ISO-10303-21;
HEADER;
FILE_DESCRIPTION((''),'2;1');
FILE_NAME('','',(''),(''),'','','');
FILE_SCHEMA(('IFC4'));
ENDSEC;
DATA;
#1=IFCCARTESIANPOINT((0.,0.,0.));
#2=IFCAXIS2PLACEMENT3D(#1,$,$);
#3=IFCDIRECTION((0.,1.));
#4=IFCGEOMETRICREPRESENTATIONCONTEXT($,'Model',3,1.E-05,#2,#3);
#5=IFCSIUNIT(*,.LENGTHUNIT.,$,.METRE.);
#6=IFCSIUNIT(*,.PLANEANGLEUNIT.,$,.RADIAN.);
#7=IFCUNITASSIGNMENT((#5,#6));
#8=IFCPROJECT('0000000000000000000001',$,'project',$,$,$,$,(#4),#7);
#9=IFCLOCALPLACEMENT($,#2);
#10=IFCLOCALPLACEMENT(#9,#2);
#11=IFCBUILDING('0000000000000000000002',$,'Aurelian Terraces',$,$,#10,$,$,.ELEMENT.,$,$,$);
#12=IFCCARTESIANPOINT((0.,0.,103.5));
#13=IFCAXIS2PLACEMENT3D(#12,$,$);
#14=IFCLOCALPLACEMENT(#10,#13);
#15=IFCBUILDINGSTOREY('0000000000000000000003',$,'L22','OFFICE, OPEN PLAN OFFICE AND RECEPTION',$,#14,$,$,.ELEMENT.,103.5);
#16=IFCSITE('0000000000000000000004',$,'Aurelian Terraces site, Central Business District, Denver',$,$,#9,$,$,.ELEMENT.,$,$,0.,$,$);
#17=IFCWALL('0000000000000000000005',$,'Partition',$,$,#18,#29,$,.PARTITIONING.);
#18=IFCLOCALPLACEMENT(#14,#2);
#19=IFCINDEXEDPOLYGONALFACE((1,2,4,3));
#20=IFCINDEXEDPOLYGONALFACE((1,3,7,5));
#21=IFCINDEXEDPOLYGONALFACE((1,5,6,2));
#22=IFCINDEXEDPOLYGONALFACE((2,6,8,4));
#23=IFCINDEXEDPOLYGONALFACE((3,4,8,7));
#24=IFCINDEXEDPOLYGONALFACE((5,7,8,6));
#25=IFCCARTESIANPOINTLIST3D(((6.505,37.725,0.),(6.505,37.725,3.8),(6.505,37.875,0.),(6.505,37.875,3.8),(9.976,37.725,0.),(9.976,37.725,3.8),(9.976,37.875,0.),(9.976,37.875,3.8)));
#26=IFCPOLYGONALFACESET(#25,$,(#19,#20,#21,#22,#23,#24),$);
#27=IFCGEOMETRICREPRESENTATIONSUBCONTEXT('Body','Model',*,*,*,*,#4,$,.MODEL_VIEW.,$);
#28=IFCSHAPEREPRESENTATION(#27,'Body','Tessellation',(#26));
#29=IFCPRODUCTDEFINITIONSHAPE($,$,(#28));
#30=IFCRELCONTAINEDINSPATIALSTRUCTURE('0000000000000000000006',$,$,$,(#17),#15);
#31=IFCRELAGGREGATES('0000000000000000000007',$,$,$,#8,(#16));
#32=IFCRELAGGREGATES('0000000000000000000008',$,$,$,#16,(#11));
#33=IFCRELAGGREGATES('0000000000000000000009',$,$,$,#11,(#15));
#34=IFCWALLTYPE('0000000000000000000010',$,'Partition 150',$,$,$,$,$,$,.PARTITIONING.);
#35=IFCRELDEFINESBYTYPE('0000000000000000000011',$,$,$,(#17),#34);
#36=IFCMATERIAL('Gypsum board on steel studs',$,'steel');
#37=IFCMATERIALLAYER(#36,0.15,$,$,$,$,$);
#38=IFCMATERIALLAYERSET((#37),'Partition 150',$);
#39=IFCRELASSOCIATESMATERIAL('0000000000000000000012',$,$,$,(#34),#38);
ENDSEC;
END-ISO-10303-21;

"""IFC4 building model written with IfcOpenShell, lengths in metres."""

from ifc_helpers import new_model, si_unit, direction, frame, frame_2d, origin, place, context, subcontext, project, spatial, rectangle, extrude, source, transform, mapped, material, layer, layer_set, type_object, element, save


model = new_model("IFC4")

# Units and contexts
model_context = context("Model", 3, precision=1e-05, world=origin(), true_north=direction((0.0, 1.0)))
body_context = subcontext(model_context, "Body", "Model", "MODEL_VIEW")
ifc_project = project(units=[si_unit("LENGTHUNIT", "METRE"), si_unit("PLANEANGLEUNIT", "RADIAN")], contexts=[model_context])

# Site, building, storey
site_placement = place(None, origin())
site = spatial("IfcSite", under=ifc_project, at=site_placement, Name="Aurelian Terraces site, Central Business District, Denver", CompositionType="ELEMENT", RefElevation=0.0)
building_placement = place(site_placement, origin())
building = spatial("IfcBuilding", under=site, at=building_placement, Name="Aurelian Terraces", CompositionType="ELEMENT")
storey_placement = place(building_placement, frame((0.0, 0.0, 103.5)))
storey = spatial("IfcBuildingStorey", under=building, at=storey_placement, Name="L22", Description="OFFICE, OPEN PLAN OFFICE AND RECEPTION", CompositionType="ELEMENT", Elevation=103.5)

# Shared definitions
ifc_material_1 = material(Name="Gypsum board on steel studs", Category="steel")
ifc_layer_1 = layer(ifc_material_1, 0.15)
ifc_layer_set_1 = layer_set([ifc_layer_1], Name="Partition 150")
wall_type_1 = type_object("IfcWallType", Name="Partition 150", PredefinedType="PARTITIONING", material=ifc_layer_set_1)

# Wall
shared_shape_1 = source(origin(), body_context, "Body", "SweptSolid", [
    extrude(rectangle(XDim=3.471, YDim=0.15, at=frame_2d((1.7355, 0.0))), origin(), (0.0, 0.0, 1.0), 3.8),
])
wall_1_placement = place(storey_placement, frame((9.976, 37.8, 0.0), z_axis=(0.0, 0.0, 1.0), x_axis=(-1.0, 0.0, 0.0)))
element("IfcWall", 1, at=wall_1_placement, inside=storey, type_object=wall_type_1, Name="Partition", PredefinedType="PARTITIONING", context=body_context, shape_type="MappedRepresentation", body=[
    mapped(shared_shape_1, transform((0.0, 0.0, 0.0), scale=1.0)),
])

save(model, "model.ifc")
